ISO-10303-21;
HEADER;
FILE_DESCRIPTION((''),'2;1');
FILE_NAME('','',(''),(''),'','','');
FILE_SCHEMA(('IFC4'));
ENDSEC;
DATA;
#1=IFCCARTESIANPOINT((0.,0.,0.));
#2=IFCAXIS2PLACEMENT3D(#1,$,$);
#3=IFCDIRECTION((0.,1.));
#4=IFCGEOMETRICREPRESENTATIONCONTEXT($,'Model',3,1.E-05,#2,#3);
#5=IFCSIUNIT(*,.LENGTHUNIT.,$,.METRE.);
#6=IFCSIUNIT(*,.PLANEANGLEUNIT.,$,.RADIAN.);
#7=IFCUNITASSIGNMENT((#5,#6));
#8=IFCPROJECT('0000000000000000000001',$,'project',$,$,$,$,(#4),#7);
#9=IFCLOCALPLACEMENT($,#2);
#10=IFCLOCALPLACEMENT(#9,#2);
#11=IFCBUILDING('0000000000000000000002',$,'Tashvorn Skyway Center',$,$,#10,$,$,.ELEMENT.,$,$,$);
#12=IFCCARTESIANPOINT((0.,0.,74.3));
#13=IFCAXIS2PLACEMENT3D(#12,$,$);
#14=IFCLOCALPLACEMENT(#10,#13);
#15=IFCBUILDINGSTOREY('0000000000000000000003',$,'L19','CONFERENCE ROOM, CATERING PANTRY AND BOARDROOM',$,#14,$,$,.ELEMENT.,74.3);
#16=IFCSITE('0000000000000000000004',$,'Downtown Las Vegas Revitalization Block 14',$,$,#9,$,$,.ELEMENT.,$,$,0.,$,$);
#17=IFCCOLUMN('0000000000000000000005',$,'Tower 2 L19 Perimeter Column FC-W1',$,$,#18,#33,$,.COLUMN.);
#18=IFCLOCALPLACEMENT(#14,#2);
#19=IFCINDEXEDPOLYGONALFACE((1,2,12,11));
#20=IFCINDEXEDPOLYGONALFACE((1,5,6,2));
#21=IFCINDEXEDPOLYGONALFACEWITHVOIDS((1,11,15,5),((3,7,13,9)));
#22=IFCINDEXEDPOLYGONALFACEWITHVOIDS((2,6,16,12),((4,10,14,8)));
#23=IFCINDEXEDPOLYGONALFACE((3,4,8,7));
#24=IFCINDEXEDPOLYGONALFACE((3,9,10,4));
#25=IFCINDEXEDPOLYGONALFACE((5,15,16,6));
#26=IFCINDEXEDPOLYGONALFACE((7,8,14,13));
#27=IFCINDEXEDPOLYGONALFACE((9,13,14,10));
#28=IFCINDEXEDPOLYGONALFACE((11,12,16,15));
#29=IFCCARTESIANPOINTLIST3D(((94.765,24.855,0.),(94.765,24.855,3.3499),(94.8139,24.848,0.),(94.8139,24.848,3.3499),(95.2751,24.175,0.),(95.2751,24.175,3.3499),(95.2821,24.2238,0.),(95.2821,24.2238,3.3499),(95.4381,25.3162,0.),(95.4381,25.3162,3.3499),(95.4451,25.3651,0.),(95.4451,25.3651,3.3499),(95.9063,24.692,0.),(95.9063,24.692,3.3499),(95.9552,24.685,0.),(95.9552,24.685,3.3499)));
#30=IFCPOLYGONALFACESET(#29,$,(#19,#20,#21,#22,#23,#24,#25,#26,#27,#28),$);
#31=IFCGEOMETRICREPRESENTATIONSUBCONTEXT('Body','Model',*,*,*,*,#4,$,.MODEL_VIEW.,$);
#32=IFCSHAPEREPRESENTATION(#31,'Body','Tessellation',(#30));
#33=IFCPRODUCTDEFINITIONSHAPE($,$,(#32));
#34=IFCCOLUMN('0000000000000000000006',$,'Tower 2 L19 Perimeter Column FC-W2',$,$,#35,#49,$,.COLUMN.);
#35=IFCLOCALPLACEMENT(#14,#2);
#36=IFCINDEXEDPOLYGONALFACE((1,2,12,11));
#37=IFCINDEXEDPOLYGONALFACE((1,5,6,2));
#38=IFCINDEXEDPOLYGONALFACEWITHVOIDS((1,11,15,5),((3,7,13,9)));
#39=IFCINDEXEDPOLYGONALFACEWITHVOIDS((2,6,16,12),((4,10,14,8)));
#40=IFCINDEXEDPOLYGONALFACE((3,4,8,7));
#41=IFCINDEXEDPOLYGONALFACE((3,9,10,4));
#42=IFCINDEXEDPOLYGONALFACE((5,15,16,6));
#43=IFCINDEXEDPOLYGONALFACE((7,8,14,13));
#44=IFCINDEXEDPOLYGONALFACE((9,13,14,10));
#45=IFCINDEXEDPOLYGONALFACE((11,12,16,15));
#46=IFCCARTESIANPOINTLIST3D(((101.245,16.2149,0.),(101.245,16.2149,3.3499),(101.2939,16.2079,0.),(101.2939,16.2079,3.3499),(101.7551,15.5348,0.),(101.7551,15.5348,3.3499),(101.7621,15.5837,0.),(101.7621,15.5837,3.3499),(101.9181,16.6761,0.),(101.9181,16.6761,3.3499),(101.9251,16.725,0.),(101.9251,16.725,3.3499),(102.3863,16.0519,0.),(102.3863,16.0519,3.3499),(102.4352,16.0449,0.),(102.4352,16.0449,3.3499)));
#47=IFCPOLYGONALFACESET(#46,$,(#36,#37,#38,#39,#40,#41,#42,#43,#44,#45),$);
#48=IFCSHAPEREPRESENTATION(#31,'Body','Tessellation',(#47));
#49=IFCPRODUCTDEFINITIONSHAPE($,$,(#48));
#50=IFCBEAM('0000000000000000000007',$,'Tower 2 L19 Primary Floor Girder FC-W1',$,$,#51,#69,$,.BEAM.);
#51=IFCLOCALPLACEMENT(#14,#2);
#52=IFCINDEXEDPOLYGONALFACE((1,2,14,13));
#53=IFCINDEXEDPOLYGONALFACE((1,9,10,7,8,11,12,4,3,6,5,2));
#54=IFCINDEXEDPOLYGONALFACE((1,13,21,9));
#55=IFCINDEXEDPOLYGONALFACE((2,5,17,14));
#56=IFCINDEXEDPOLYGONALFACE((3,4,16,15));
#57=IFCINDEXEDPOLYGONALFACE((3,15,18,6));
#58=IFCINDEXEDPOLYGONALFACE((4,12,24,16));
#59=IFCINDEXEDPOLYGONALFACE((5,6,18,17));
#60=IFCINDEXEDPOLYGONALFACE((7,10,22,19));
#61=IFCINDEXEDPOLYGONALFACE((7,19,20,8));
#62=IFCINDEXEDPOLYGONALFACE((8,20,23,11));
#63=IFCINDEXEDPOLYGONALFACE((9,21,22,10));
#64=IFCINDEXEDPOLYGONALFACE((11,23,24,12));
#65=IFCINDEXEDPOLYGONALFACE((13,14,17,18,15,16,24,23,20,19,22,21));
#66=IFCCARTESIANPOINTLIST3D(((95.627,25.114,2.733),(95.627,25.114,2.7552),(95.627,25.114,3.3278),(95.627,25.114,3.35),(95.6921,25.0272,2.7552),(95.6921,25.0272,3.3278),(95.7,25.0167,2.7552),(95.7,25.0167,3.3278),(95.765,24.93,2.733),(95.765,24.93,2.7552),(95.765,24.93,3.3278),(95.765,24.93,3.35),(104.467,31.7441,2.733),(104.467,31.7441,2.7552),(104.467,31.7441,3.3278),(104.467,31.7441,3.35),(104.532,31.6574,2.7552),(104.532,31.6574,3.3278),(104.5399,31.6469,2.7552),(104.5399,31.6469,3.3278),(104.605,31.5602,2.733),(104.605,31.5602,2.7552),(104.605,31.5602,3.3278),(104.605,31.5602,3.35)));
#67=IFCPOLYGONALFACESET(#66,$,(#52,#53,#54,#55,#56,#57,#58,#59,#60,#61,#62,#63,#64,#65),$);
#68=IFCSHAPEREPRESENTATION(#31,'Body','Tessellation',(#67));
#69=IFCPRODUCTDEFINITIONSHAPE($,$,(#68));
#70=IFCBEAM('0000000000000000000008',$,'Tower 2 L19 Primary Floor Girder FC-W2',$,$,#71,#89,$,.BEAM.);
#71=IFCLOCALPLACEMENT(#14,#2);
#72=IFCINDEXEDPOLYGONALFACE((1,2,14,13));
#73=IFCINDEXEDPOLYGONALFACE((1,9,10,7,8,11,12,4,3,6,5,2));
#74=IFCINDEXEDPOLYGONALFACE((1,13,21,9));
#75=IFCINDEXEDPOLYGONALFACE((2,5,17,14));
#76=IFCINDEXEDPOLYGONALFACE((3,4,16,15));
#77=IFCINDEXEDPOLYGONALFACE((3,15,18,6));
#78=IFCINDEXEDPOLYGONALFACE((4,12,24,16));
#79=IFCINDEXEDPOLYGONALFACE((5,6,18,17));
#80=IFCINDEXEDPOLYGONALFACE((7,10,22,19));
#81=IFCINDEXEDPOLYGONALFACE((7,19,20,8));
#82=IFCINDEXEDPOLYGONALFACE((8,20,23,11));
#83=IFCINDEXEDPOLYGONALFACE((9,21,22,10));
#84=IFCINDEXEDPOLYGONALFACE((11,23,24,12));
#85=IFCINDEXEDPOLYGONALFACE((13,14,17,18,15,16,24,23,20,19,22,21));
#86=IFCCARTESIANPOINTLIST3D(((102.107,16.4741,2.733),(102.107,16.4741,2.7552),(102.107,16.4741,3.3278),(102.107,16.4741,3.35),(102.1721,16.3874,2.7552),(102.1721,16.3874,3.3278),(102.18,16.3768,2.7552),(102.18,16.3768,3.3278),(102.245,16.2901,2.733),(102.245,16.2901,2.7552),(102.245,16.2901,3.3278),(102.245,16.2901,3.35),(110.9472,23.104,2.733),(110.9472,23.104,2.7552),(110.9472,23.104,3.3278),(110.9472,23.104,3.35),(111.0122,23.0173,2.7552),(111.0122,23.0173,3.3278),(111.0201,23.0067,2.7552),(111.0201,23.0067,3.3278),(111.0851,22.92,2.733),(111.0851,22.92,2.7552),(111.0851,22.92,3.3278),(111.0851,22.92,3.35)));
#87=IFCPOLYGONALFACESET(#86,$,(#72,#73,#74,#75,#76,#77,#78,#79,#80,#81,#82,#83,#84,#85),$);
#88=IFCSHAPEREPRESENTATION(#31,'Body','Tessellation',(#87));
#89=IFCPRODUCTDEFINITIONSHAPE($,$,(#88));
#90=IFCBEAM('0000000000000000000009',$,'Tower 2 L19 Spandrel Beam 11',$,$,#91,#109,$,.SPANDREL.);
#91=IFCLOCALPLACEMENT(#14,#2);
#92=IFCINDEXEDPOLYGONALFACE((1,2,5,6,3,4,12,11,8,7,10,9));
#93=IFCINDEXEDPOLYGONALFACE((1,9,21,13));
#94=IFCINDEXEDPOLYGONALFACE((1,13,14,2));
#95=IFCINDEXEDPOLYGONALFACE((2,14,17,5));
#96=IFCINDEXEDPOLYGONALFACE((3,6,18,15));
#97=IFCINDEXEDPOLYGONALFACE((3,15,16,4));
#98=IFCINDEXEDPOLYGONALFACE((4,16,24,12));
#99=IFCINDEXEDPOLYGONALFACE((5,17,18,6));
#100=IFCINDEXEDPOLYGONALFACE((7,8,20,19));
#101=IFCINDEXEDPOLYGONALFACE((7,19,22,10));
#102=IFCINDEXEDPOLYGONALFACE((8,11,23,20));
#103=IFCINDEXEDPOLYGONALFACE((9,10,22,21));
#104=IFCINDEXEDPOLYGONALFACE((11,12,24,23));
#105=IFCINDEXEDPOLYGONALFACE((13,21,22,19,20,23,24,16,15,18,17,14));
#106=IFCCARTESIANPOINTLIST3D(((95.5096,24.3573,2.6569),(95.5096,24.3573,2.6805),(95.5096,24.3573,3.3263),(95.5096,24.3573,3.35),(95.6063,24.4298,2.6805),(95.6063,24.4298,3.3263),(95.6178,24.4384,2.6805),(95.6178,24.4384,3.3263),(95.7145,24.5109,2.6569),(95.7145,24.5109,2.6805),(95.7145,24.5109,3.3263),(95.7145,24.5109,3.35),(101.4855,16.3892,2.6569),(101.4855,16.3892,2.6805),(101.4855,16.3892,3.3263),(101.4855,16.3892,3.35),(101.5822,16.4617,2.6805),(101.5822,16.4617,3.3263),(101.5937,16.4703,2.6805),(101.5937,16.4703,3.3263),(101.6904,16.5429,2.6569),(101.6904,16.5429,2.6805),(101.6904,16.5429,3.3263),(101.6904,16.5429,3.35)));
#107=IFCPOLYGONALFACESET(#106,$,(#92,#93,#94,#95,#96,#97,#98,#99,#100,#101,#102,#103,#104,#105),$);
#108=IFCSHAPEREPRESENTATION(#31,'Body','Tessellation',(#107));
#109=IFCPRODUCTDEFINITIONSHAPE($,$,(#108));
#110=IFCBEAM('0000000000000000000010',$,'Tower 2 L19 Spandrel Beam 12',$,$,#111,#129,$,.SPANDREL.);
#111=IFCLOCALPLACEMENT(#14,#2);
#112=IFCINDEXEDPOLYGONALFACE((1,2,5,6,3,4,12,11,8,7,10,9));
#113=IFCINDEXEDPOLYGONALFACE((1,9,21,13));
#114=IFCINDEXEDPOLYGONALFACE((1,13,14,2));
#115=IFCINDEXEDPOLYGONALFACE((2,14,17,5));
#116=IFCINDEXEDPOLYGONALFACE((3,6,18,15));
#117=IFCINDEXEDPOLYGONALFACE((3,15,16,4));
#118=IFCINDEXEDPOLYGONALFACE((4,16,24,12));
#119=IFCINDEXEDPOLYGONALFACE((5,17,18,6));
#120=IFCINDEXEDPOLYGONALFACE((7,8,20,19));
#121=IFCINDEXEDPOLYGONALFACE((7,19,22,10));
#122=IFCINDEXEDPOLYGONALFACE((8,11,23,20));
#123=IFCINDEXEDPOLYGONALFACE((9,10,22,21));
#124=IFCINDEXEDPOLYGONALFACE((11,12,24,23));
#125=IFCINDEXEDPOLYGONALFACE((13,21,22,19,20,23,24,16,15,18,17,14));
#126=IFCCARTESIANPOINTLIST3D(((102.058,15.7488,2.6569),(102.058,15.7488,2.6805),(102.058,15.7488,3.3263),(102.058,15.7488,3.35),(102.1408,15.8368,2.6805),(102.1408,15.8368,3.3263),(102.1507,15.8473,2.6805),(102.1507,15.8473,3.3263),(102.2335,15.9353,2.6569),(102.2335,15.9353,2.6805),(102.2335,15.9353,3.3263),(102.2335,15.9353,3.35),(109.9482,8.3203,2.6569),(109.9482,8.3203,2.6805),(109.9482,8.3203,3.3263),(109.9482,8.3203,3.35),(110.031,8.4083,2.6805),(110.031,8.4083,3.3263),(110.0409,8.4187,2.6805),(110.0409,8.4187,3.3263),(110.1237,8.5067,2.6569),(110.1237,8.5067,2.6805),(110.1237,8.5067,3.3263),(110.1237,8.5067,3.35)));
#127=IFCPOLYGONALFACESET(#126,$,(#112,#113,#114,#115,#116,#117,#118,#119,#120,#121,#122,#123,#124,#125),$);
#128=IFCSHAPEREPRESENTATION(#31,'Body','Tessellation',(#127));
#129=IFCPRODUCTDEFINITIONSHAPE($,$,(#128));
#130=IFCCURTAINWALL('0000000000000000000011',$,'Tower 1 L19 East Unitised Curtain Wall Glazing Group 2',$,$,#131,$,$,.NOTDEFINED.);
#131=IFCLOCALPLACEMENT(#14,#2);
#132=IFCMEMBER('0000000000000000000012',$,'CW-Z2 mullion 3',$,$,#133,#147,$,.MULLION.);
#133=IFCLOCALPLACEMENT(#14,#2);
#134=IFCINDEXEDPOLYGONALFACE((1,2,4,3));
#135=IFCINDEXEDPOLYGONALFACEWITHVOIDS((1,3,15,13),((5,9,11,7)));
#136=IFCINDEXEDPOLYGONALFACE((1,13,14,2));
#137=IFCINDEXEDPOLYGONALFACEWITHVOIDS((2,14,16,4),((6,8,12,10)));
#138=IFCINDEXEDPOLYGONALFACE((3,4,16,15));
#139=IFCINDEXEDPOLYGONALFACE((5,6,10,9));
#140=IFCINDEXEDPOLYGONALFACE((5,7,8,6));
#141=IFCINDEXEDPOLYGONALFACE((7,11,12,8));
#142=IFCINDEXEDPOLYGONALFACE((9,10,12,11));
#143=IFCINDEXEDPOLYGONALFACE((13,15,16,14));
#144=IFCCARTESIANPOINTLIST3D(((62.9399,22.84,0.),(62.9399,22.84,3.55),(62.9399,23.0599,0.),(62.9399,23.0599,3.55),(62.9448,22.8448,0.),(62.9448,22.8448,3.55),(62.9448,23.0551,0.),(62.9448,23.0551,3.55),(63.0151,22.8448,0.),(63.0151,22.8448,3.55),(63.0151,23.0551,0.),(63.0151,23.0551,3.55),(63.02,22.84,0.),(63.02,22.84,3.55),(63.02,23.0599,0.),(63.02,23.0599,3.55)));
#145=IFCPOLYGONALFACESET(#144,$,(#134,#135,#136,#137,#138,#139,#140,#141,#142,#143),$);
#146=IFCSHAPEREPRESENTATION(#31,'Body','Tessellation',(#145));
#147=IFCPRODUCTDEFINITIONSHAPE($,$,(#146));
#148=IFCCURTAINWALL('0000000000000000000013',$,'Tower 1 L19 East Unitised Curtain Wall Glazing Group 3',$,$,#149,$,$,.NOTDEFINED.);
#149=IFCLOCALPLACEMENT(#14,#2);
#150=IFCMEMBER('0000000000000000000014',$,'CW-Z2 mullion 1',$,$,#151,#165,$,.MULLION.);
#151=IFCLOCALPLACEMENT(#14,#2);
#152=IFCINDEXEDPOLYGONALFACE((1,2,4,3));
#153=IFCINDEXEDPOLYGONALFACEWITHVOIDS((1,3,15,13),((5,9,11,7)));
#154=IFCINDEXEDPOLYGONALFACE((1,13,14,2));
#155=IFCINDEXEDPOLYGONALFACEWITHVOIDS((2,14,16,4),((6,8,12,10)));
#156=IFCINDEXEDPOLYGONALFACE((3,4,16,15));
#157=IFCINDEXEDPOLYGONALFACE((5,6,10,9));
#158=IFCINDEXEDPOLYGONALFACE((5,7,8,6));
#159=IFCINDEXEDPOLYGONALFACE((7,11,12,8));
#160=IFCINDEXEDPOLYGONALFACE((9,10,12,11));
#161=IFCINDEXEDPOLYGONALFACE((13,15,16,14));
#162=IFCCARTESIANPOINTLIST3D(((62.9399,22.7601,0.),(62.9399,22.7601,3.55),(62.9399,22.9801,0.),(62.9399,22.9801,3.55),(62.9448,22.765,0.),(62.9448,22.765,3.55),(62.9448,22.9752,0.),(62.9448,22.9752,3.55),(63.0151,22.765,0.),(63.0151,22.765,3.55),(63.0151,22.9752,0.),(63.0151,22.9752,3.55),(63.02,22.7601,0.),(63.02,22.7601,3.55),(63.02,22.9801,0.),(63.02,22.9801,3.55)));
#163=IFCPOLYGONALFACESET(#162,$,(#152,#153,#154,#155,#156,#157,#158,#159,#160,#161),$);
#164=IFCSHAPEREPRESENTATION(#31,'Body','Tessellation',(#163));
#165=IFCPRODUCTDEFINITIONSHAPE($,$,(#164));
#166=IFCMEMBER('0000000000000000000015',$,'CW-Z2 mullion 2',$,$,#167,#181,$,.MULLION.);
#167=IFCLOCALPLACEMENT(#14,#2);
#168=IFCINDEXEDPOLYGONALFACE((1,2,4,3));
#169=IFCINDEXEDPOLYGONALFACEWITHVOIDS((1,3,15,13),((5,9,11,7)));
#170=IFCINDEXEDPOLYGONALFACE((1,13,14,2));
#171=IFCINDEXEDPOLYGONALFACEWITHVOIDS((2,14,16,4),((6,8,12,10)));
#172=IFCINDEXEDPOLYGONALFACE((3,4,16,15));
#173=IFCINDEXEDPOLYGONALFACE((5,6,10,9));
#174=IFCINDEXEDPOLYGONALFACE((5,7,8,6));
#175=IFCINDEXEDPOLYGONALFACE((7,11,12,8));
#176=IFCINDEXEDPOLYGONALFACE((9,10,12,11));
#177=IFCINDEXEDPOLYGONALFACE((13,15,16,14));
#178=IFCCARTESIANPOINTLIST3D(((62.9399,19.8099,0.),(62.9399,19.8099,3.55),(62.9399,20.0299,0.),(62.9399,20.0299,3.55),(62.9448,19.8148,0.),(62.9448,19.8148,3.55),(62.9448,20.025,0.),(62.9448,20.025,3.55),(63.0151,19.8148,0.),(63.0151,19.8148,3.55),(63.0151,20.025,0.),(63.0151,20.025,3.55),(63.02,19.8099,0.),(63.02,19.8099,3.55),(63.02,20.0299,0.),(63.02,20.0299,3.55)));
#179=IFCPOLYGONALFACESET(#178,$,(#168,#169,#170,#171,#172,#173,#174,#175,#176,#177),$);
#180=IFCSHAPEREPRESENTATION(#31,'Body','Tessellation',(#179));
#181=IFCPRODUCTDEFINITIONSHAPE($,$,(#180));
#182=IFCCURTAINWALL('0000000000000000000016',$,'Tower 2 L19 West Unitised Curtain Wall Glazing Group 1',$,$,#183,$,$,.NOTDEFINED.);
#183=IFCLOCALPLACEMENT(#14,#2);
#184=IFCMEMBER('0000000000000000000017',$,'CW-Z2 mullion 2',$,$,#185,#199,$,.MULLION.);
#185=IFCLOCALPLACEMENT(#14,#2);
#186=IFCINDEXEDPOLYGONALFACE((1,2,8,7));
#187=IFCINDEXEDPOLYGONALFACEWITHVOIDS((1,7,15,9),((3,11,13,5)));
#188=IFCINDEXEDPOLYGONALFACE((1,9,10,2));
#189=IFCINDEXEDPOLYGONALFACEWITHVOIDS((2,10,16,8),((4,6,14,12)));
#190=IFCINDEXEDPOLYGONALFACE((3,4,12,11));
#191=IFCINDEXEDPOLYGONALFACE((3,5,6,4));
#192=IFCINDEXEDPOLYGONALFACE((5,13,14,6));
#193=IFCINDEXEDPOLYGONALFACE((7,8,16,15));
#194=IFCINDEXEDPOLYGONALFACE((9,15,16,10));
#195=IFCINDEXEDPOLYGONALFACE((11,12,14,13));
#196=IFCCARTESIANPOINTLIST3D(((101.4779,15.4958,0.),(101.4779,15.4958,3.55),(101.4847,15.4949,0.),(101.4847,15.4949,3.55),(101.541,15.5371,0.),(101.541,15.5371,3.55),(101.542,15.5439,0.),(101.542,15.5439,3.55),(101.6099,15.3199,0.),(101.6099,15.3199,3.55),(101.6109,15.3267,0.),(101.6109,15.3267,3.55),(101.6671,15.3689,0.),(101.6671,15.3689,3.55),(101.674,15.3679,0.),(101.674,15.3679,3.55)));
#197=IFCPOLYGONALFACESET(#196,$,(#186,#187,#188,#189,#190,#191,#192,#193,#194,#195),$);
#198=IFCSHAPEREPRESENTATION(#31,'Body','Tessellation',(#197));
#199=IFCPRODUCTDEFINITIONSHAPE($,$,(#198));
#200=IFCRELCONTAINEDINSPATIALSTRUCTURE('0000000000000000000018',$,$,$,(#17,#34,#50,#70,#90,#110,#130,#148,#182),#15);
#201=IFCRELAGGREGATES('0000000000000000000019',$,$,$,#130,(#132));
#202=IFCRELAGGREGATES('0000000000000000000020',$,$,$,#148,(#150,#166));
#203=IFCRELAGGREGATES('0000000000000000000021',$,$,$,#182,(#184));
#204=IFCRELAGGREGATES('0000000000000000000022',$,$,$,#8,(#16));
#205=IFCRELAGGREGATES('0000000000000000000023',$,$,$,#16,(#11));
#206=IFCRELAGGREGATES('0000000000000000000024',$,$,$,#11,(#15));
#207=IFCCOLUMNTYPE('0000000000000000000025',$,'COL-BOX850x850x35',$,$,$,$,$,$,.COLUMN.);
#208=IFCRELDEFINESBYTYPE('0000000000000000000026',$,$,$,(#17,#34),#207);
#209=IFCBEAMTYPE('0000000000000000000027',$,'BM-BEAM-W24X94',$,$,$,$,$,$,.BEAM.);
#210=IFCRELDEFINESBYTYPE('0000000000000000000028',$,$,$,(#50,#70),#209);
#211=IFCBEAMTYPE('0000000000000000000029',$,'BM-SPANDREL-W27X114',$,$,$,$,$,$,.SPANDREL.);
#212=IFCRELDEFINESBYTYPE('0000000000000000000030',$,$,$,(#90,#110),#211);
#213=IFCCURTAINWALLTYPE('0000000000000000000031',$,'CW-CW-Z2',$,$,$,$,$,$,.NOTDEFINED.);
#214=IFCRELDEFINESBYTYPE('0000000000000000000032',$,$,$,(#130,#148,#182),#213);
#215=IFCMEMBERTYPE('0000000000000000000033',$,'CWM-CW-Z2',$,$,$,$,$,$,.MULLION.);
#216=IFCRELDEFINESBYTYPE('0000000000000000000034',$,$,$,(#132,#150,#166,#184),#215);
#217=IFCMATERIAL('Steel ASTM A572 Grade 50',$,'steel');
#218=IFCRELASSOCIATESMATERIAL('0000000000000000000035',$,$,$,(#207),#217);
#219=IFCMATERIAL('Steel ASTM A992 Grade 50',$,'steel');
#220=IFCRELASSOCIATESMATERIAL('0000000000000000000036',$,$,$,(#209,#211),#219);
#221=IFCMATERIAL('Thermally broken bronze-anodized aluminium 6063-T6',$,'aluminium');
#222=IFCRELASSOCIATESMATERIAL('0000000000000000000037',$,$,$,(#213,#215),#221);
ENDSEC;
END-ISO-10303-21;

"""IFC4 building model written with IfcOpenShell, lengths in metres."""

from ifc_helpers import new_model, si_unit, direction, frame, origin, origin_2d, place, context, subcontext, project, spatial, hollow_rectangle, i_section, extrude, material, material_profile, profile_set, type_object, element, aggregate, save


model = new_model("IFC4")

# Units and contexts
model_context = context("Model", 3, precision=1e-05, world=origin(), true_north=direction((0.0, 1.0)))
body_context = subcontext(model_context, "Body", "Model", "MODEL_VIEW")
ifc_project = project(units=[si_unit("LENGTHUNIT", "METRE"), si_unit("PLANEANGLEUNIT", "RADIAN")], contexts=[model_context])

# Site, building, storey
site_placement = place(None, origin())
site = spatial("IfcSite", under=ifc_project, at=site_placement, Name="Downtown Las Vegas Revitalization Block 14", CompositionType="ELEMENT", RefElevation=0.0)
building_placement = place(site_placement, origin())
building = spatial("IfcBuilding", under=site, at=building_placement, Name="Tashvorn Skyway Center", CompositionType="ELEMENT")
storey_placement = place(building_placement, frame((0.0, 0.0, 74.3)))
storey = spatial("IfcBuildingStorey", under=building, at=storey_placement, Name="L19", Description="CONFERENCE ROOM, CATERING PANTRY AND BOARDROOM", CompositionType="ELEMENT", Elevation=74.3)

# Columns
ifc_material_1 = material(Name="Steel ASTM A572 Grade 50", Category="steel")
ifc_material_profile_1 = material_profile(ifc_material_1, hollow_rectangle(XDim=0.8501, YDim=0.8501, WallThickness=0.0349, at=origin_2d()), Name="BOX850x850x35")
ifc_profile_set_1 = profile_set([ifc_material_profile_1], Name="Steel ASTM A572 Grade 50")
column_type = type_object("IfcColumnType", Name="COL-BOX850x850x35", PredefinedType="COLUMN", material=ifc_profile_set_1)
for number, where, z_axis, x_axis, name in (
    (1, (95.3601, 24.77, 0.0), (0.0, 0.0, 1.0), (0.8, 0.6, 0.0), "Tower 2 L19 Perimeter Column FC-W1"),
    (2, (101.8401, 16.1299, 0.0), (0.0, 0.0, 1.0), (0.8, 0.6, 0.0), "Tower 2 L19 Perimeter Column FC-W2"),
):
    element("IfcColumn", number, at=place(storey_placement, frame(where, z_axis=z_axis, x_axis=x_axis)), inside=storey, type_object=column_type, Name=name, PredefinedType="COLUMN", context=body_context, shape_type="SweptSolid", body=[
        extrude(hollow_rectangle(XDim=0.8501, YDim=0.8501, WallThickness=0.0349, at=origin_2d()), origin(), (0.0, 0.0, 1.0), 3.3499),
    ])

# Beams
ifc_material_2 = material(Name="Steel ASTM A992 Grade 50", Category="steel")
ifc_material_profile_2 = material_profile(ifc_material_2, i_section(OverallWidth=0.23, OverallDepth=0.6169, WebThickness=0.0132, FlangeThickness=0.0222, at=origin_2d()), Name="W24X94")
ifc_profile_set_2 = profile_set([ifc_material_profile_2], Name="Steel ASTM A992 Grade 50")
beam_type_1 = type_object("IfcBeamType", Name="BM-BEAM-W24X94", PredefinedType="BEAM", material=ifc_profile_set_2)
for number, where, z_axis, x_axis, name in (
    (3, (95.696, 25.022, 3.0415), (0.799989, 0.600014, 0.0), (-0.600014, 0.799989, 0.0), "Tower 2 L19 Primary Floor Girder FC-W1"),
    (4, (102.176, 16.3821, 3.0415), (0.800008, 0.599989, 0.0), (-0.599989, 0.800008, 0.0), "Tower 2 L19 Primary Floor Girder FC-W2"),
):
    element("IfcBeam", number, at=place(storey_placement, frame(where, z_axis=z_axis, x_axis=x_axis)), inside=storey, type_object=beam_type_1, Name=name, PredefinedType="BEAM", context=body_context, shape_type="SweptSolid", body=[
        extrude(i_section(OverallWidth=0.23, OverallDepth=0.6169, WebThickness=0.0132, FlangeThickness=0.0222, at=origin_2d()), origin(), (0.0, 0.0, 1.0), 11.05),
    ])
ifc_material_profile_3 = material_profile(ifc_material_2, i_section(OverallWidth=0.2561, OverallDepth=0.6931, WebThickness=0.0144, FlangeThickness=0.0237, at=origin_2d()), Name="W27X114")
ifc_profile_set_3 = profile_set([ifc_material_profile_3], Name="Steel ASTM A992 Grade 50")
beam_type_2 = type_object("IfcBeamType", Name="BM-SPANDREL-W27X114", PredefinedType="SPANDREL", material=ifc_profile_set_3)
beam_1_placement = place(storey_placement, frame((95.6121, 24.4341, 3.0034), z_axis=(0.599988, -0.800009, 0.0), x_axis=(0.800009, 0.599988, 0.0)))
element("IfcBeam", 5, at=beam_1_placement, inside=storey, type_object=beam_type_2, Name="Tower 2 L19 Spandrel Beam 11", PredefinedType="SPANDREL", context=body_context, shape_type="SweptSolid", body=[
    extrude(i_section(OverallWidth=0.2561, OverallDepth=0.6931, WebThickness=0.0144, FlangeThickness=0.0237, at=origin_2d()), origin(), (0.0, 0.0, 1.0), 9.96),
])
beam_2_placement = place(storey_placement, frame((102.1458, 15.842, 3.0034), z_axis=(0.728087, -0.685485, 0.0), x_axis=(0.685485, 0.728087, 0.0)))
element("IfcBeam", 6, at=beam_2_placement, inside=storey, type_object=beam_type_2, Name="Tower 2 L19 Spandrel Beam 12", PredefinedType="SPANDREL", context=body_context, shape_type="SweptSolid", body=[
    extrude(i_section(OverallWidth=0.2561, OverallDepth=0.6931, WebThickness=0.0144, FlangeThickness=0.0237, at=origin_2d()), origin(), (0.0, 0.0, 1.0), 10.8369),
])

# Curtain wall, member
ifc_material_3 = material(Name="Thermally broken bronze-anodized aluminium 6063-T6", Category="aluminium")
curtain_wall_type = type_object("IfcCurtainWallType", Name="CW-CW-Z2", PredefinedType="NOTDEFINED", material=ifc_material_3)
curtain_wall_1_placement = place(storey_placement, origin())
curtain_wall_1 = element("IfcCurtainWall", 7, at=curtain_wall_1_placement, inside=storey, type_object=curtain_wall_type, Name="Tower 1 L19 East Unitised Curtain Wall Glazing Group 2", PredefinedType="NOTDEFINED")
ifc_material_profile_4 = material_profile(ifc_material_3, hollow_rectangle(XDim=0.0801, YDim=0.22, WallThickness=0.0049, at=origin_2d()), Name="ALU-MULL-80x220")
ifc_profile_set_4 = profile_set([ifc_material_profile_4], Name="Thermally broken bronze-anodized aluminium 6063-T6")
member_type_1 = type_object("IfcMemberType", Name="CWM-CW-Z2", PredefinedType="MULLION", material=ifc_profile_set_4)
member_1_placement = place(storey_placement, frame((62.98, 22.95, 0.0), z_axis=(0.0, 0.0, 1.0), x_axis=(1.0, 0.0, 0.0)))
member_1 = element("IfcMember", 8, at=member_1_placement, type_object=member_type_1, Name="CW-Z2 mullion 3", PredefinedType="MULLION", context=body_context, shape_type="SweptSolid", body=[
    extrude(hollow_rectangle(XDim=0.0801, YDim=0.22, WallThickness=0.0049, at=origin_2d()), origin(), (0.0, 0.0, 1.0), 3.55),
])

# Curtain wall, members
curtain_wall_2_placement = place(storey_placement, origin())
curtain_wall_2 = element("IfcCurtainWall", 9, at=curtain_wall_2_placement, inside=storey, type_object=curtain_wall_type, Name="Tower 1 L19 East Unitised Curtain Wall Glazing Group 3", PredefinedType="NOTDEFINED")
member_2_placement = place(storey_placement, frame((62.98, 22.8701, 0.0), z_axis=(0.0, 0.0, 1.0), x_axis=(1.0, 0.0, 0.0)))
member_2 = element("IfcMember", 10, at=member_2_placement, type_object=member_type_1, Name="CW-Z2 mullion 1", PredefinedType="MULLION", context=body_context, shape_type="SweptSolid", body=[
    extrude(hollow_rectangle(XDim=0.0801, YDim=0.22, WallThickness=0.0049, at=origin_2d()), origin(), (0.0, 0.0, 1.0), 3.55),
])
member_3_placement = place(storey_placement, frame((62.98, 19.9199, 0.0), z_axis=(0.0, 0.0, 1.0), x_axis=(1.0, 0.0, 0.0)))
member_3 = element("IfcMember", 11, at=member_3_placement, type_object=member_type_1, Name="CW-Z2 mullion 2", PredefinedType="MULLION", context=body_context, shape_type="SweptSolid", body=[
    extrude(hollow_rectangle(XDim=0.0801, YDim=0.22, WallThickness=0.0049, at=origin_2d()), origin(), (0.0, 0.0, 1.0), 3.55),
])

# Curtain wall, member
curtain_wall_3_placement = place(storey_placement, origin())
curtain_wall_3 = element("IfcCurtainWall", 12, at=curtain_wall_3_placement, inside=storey, type_object=curtain_wall_type, Name="Tower 2 L19 West Unitised Curtain Wall Glazing Group 1", PredefinedType="NOTDEFINED")
member_4_placement = place(storey_placement, frame((101.5759, 15.4319, 0.0), z_axis=(0.0, 0.0, 1.0), x_axis=(-0.8, -0.6, 0.0)))
member_4 = element("IfcMember", 13, at=member_4_placement, type_object=member_type_1, Name="CW-Z2 mullion 2", PredefinedType="MULLION", context=body_context, shape_type="SweptSolid", body=[
    extrude(hollow_rectangle(XDim=0.0801, YDim=0.22, WallThickness=0.0049, at=origin_2d()), origin(), (0.0, 0.0, 1.0), 3.55),
])

aggregate(curtain_wall_1, [member_1])
aggregate(curtain_wall_2, [member_2, member_3])
aggregate(curtain_wall_3, [member_4])

save(model, "model.ifc")
